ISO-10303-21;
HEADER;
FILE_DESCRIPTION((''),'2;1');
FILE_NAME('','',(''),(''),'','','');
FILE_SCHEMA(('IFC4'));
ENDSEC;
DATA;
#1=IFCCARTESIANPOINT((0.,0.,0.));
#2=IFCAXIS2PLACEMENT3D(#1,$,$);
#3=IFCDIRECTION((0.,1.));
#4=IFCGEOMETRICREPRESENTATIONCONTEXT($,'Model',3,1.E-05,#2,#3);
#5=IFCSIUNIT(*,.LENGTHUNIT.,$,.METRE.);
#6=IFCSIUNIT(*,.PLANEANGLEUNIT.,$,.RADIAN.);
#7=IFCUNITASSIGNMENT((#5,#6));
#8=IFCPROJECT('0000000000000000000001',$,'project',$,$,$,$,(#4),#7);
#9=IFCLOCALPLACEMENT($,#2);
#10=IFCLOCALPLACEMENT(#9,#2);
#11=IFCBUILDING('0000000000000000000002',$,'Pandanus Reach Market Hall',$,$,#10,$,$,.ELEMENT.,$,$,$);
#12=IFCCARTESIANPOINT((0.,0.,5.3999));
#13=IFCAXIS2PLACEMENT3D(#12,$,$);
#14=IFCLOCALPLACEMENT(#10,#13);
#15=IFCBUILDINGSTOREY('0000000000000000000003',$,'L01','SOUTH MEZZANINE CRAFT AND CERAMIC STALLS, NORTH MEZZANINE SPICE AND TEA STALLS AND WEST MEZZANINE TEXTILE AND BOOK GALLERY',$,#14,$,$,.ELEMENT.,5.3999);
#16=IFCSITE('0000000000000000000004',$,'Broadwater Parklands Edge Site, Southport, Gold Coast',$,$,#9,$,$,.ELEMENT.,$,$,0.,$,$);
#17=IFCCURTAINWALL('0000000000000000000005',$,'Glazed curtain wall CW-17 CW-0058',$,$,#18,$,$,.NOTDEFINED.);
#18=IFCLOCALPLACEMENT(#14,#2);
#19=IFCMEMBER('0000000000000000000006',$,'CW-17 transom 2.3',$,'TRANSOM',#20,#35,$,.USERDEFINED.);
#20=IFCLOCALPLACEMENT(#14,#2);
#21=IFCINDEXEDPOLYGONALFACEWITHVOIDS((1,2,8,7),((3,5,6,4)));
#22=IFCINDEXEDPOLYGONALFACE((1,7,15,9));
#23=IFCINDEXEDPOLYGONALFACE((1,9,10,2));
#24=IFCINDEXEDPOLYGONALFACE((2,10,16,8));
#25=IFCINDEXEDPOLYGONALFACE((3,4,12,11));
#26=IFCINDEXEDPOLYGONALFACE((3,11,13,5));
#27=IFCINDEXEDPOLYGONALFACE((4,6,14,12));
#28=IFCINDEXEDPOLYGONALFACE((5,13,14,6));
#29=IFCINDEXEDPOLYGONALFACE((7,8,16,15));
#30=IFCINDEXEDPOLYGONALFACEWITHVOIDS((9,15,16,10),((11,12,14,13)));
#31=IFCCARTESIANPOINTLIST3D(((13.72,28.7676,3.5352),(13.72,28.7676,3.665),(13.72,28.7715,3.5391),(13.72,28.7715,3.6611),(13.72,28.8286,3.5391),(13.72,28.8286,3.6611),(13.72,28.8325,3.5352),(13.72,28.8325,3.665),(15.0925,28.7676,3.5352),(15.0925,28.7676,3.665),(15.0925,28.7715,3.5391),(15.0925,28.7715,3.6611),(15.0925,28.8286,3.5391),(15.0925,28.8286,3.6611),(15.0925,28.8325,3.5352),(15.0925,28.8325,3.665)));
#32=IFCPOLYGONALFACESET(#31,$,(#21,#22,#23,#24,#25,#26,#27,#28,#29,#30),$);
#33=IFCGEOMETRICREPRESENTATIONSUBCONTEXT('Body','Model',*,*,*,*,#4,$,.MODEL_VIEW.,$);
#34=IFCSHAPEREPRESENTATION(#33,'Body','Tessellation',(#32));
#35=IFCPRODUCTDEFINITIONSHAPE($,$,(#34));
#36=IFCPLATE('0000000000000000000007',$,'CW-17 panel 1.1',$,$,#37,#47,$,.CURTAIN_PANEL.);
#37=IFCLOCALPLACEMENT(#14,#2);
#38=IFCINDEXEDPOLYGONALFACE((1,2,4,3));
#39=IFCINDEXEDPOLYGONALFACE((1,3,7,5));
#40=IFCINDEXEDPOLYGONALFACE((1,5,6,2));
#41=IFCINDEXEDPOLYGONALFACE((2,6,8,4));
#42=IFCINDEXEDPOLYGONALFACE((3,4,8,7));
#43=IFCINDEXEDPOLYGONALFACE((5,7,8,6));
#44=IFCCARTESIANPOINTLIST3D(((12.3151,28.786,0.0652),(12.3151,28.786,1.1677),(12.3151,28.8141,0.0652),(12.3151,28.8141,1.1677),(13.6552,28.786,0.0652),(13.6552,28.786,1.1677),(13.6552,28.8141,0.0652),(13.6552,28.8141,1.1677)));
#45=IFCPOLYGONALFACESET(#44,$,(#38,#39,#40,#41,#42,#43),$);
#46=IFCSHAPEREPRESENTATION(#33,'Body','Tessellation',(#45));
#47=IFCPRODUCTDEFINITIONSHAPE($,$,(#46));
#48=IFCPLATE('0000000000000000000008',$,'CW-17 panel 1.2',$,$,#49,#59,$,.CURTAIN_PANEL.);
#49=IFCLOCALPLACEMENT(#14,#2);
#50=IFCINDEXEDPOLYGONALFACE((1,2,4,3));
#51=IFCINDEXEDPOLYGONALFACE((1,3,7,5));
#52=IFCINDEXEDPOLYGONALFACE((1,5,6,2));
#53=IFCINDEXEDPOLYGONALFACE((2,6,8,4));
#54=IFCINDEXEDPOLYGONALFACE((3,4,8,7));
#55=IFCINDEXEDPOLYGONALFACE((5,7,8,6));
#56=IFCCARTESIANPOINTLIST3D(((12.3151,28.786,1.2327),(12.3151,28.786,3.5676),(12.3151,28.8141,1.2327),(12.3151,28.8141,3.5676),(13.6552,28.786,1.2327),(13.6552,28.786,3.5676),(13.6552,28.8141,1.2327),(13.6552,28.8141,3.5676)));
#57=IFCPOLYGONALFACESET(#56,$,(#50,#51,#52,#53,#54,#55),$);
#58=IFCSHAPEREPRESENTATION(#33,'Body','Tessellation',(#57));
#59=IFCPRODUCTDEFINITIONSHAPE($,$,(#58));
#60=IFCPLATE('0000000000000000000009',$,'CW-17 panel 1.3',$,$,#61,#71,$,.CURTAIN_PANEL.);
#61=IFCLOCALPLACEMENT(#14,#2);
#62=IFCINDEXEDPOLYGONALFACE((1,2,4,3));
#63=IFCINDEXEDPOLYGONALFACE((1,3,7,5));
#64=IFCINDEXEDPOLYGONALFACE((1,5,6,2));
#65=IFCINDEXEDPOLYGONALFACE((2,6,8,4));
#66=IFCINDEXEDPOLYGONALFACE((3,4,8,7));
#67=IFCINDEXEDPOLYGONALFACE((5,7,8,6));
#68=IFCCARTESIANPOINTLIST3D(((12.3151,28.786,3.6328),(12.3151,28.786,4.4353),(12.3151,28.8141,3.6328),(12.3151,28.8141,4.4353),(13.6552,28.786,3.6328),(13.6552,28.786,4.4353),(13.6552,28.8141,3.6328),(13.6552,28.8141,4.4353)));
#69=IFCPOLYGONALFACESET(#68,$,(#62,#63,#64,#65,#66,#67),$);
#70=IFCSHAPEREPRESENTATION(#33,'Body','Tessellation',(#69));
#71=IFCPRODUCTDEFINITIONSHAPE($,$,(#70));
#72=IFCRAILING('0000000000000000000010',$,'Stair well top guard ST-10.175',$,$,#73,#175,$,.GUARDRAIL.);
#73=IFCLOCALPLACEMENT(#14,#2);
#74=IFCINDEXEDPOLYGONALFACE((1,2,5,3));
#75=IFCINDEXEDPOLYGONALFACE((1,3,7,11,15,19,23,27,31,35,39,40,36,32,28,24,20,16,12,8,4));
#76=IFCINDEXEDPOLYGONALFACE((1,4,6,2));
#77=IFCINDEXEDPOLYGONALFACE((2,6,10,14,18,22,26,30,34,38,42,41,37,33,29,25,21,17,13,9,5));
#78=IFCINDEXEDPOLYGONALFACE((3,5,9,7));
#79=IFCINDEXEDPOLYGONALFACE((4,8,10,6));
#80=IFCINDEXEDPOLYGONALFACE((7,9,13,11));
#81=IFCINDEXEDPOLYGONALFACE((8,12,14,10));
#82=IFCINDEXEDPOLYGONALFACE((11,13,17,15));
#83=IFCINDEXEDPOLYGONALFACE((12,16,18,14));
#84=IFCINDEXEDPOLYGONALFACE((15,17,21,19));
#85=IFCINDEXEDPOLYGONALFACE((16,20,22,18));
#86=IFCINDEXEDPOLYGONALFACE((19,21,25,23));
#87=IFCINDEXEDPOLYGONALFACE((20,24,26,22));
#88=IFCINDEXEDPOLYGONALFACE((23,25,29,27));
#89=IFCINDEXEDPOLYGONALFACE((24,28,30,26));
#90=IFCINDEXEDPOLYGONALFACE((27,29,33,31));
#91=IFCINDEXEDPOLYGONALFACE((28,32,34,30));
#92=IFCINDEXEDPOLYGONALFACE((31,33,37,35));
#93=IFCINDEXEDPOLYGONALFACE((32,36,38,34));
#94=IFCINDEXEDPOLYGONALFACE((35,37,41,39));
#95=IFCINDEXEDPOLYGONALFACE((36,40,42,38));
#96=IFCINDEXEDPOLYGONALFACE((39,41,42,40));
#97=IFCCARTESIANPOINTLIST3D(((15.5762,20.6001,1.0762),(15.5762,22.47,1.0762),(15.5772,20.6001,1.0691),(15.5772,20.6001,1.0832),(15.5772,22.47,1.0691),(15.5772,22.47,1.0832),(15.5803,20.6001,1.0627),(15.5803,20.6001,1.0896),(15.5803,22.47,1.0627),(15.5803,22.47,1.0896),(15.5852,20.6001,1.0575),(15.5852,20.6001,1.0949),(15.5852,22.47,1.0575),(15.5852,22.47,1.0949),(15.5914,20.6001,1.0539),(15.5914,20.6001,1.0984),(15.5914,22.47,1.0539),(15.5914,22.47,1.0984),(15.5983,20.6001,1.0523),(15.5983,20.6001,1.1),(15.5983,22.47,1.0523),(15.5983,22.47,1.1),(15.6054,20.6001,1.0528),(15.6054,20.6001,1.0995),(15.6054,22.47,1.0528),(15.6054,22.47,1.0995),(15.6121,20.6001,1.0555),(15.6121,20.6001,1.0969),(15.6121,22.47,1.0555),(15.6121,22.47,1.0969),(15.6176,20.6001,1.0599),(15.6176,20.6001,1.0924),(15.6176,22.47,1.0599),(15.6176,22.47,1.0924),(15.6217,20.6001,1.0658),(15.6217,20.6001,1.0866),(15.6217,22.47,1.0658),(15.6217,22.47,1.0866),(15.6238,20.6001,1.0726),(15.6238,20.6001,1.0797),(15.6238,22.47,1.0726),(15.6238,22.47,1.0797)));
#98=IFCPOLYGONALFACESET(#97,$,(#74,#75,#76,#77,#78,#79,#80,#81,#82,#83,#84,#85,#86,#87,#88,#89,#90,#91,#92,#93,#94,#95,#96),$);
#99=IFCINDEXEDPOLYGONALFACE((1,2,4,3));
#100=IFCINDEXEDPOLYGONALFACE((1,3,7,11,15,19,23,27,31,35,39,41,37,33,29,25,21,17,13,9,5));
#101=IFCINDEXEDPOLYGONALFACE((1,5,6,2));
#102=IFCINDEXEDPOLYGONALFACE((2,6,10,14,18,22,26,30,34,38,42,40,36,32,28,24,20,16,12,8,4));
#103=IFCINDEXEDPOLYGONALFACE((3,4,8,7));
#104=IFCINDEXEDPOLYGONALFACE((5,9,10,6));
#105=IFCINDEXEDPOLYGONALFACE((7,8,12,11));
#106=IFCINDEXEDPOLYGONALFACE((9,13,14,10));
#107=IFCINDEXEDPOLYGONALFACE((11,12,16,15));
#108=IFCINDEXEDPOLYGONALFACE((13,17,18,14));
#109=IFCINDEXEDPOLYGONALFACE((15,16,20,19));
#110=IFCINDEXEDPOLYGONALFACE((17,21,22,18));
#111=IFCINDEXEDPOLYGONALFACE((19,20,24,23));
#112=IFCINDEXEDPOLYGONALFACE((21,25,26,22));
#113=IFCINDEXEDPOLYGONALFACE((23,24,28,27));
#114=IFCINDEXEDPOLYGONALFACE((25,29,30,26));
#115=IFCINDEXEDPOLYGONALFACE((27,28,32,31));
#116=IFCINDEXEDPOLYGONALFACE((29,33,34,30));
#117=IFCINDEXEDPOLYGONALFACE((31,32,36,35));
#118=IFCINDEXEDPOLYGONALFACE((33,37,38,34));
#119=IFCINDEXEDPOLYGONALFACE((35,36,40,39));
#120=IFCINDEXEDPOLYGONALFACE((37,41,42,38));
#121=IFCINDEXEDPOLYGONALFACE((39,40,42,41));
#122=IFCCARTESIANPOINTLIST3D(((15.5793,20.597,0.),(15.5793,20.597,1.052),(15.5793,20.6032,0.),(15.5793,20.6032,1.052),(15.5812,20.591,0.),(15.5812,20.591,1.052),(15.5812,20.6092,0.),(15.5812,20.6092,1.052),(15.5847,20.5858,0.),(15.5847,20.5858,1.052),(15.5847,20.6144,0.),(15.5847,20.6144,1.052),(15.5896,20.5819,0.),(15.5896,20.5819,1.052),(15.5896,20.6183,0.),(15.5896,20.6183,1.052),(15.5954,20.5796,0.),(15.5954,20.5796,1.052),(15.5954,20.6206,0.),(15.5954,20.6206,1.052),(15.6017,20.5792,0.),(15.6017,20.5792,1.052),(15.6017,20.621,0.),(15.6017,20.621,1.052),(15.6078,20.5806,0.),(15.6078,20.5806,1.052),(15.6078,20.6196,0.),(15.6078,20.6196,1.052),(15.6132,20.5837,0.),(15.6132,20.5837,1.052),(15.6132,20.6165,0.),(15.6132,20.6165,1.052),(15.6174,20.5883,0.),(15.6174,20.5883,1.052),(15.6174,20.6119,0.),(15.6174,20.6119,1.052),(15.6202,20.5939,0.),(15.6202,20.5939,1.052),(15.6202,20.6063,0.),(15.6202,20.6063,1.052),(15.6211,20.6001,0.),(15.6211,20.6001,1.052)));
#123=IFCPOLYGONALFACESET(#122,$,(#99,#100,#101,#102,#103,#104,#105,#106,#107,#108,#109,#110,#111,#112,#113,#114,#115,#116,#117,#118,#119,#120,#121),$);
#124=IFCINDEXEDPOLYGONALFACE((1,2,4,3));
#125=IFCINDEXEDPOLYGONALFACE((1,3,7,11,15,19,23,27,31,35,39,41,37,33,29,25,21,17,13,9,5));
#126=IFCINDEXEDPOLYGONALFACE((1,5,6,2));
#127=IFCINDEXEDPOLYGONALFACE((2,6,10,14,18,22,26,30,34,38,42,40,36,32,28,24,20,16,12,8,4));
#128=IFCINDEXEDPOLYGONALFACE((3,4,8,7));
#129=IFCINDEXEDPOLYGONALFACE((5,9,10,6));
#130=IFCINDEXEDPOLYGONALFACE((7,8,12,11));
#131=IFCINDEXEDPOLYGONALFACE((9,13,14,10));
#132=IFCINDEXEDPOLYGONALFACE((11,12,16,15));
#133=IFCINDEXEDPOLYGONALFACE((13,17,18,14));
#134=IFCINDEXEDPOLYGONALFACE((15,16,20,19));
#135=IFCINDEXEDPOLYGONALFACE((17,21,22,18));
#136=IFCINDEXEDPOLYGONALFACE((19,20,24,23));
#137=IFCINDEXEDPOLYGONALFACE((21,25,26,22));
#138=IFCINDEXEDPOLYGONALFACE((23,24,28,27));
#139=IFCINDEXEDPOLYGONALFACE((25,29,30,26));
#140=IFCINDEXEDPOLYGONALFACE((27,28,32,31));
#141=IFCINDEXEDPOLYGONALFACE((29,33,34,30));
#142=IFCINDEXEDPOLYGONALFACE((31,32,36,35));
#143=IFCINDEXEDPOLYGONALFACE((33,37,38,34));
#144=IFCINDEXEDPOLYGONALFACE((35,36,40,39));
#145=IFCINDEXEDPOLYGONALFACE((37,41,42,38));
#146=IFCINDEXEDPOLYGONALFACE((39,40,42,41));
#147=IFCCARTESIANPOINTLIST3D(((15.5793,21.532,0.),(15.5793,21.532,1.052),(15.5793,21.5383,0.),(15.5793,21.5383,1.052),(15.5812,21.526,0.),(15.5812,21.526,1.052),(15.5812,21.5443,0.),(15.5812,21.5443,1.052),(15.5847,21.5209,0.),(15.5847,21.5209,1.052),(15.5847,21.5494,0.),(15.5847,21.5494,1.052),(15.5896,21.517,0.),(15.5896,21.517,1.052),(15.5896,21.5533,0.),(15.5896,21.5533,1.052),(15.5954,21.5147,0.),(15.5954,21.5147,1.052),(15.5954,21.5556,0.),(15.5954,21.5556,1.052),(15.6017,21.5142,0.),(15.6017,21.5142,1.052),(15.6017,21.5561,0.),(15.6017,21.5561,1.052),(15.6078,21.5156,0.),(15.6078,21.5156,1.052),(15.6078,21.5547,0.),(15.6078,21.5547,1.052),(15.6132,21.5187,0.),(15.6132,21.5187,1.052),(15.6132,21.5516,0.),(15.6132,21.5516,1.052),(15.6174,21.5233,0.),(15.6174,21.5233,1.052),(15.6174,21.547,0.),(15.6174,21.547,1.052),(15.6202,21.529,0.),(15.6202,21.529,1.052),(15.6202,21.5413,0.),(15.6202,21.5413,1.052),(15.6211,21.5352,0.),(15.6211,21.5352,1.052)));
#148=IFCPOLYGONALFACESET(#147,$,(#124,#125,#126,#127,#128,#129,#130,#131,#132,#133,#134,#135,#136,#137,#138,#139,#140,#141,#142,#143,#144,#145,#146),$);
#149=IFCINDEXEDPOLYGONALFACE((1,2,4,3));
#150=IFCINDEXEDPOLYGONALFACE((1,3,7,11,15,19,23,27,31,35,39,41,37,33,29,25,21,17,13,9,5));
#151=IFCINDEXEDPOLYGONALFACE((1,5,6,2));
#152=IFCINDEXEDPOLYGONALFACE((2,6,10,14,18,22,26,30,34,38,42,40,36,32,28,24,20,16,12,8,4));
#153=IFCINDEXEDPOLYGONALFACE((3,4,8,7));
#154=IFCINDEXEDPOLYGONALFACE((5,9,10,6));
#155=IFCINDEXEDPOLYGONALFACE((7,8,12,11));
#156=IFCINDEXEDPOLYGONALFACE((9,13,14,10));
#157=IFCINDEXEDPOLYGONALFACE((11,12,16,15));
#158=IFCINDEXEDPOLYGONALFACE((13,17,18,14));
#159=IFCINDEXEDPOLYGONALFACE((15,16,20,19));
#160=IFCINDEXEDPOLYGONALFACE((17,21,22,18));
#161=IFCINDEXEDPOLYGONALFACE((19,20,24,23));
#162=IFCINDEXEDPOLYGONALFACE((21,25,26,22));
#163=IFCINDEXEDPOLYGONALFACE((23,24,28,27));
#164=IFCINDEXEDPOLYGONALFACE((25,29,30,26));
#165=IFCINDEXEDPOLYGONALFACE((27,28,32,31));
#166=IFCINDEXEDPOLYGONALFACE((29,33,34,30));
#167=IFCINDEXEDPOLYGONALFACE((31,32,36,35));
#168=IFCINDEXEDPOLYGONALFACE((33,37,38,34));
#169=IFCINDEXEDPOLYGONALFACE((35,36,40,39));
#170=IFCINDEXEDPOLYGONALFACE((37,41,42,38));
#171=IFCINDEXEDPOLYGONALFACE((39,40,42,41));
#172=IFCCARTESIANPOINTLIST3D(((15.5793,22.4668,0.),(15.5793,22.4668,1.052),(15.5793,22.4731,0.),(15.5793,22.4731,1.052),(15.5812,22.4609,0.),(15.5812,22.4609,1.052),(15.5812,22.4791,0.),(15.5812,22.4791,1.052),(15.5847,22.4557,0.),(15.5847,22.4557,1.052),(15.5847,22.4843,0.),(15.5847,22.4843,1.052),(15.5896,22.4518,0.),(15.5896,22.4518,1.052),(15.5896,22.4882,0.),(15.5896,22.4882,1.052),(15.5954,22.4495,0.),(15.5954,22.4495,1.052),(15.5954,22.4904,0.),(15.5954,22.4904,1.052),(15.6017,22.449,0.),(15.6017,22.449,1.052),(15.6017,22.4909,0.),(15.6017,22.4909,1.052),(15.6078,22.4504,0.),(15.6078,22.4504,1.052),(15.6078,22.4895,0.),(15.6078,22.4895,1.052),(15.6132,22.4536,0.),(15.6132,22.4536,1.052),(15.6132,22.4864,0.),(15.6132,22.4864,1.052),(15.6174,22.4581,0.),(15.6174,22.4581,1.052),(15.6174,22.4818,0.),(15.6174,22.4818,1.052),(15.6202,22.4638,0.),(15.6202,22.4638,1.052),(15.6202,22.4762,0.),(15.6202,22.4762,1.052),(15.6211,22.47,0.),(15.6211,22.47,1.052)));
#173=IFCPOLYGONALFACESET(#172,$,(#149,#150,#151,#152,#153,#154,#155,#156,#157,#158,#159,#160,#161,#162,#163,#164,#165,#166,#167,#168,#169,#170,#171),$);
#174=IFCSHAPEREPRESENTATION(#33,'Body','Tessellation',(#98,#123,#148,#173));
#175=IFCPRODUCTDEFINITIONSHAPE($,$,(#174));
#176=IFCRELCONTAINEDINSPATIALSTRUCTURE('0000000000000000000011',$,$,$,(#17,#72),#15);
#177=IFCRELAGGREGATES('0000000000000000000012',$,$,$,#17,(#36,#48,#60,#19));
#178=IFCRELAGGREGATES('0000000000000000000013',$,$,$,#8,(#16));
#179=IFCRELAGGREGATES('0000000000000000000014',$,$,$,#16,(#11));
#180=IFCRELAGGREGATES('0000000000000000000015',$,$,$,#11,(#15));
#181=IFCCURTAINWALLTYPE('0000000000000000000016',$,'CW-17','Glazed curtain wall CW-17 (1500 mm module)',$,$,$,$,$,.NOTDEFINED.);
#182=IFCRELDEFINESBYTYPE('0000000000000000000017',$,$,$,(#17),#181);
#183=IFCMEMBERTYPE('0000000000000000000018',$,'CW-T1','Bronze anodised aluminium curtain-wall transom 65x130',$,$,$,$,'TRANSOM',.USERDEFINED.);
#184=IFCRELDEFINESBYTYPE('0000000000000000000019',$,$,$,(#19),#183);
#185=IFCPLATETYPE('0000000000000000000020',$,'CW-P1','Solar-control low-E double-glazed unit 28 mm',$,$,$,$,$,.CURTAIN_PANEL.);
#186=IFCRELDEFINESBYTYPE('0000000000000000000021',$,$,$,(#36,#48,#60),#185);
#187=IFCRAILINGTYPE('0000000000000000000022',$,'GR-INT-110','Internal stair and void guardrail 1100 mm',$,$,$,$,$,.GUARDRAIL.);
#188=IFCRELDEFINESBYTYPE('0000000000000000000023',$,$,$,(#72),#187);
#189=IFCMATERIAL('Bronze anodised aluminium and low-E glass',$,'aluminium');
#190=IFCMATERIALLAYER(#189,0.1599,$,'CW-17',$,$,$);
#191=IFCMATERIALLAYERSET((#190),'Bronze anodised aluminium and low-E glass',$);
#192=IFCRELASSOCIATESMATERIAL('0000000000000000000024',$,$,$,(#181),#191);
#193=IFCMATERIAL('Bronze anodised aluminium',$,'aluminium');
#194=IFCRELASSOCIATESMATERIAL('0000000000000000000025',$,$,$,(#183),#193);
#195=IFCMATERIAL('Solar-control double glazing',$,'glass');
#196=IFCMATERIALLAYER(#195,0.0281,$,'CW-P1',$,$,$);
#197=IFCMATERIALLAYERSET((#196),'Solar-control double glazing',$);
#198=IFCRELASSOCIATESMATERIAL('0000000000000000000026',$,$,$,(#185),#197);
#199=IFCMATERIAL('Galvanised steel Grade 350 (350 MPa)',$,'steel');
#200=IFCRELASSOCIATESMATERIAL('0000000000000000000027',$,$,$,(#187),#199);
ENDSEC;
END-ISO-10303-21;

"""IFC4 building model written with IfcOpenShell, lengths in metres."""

from ifc_helpers import new_model, si_unit, direction, frame, origin, origin_2d, place, context, subcontext, project, spatial, rectangle, hollow_rectangle, circle, extrude, material, layer, layer_set, material_profile, profile_set, type_object, element, aggregate, save


model = new_model("IFC4")

# Units and contexts
model_context = context("Model", 3, precision=1e-05, world=origin(), true_north=direction((0.0, 1.0)))
body_context = subcontext(model_context, "Body", "Model", "MODEL_VIEW")
ifc_project = project(units=[si_unit("LENGTHUNIT", "METRE"), si_unit("PLANEANGLEUNIT", "RADIAN")], contexts=[model_context])

# Site, building, storey
site_placement = place(None, origin())
site = spatial("IfcSite", under=ifc_project, at=site_placement, Name="Broadwater Parklands Edge Site, Southport, Gold Coast", CompositionType="ELEMENT", RefElevation=0.0)
building_placement = place(site_placement, origin())
building = spatial("IfcBuilding", under=site, at=building_placement, Name="Pandanus Reach Market Hall", CompositionType="ELEMENT")
storey_placement = place(building_placement, frame((0.0, 0.0, 5.3999)))
storey = spatial("IfcBuildingStorey", under=building, at=storey_placement, Name="L01", Description="SOUTH MEZZANINE CRAFT AND CERAMIC STALLS, NORTH MEZZANINE SPICE AND TEA STALLS AND WEST MEZZANINE TEXTILE AND BOOK GALLERY", CompositionType="ELEMENT", Elevation=5.3999)

# Curtain wall, member, plates
ifc_material_1 = material(Name="Bronze anodised aluminium and low-E glass", Category="aluminium")
ifc_layer_1 = layer(ifc_material_1, 0.1599, Name="CW-17")
ifc_layer_set_1 = layer_set([ifc_layer_1], Name="Bronze anodised aluminium and low-E glass")
curtain_wall_type = type_object("IfcCurtainWallType", Name="CW-17", Description="Glazed curtain wall CW-17 (1500 mm module)", PredefinedType="NOTDEFINED", material=ifc_layer_set_1)
curtain_wall_placement = place(storey_placement, origin())
curtain_wall = element("IfcCurtainWall", 1, at=curtain_wall_placement, inside=storey, type_object=curtain_wall_type, Name="Glazed curtain wall CW-17 CW-0058", PredefinedType="NOTDEFINED")
ifc_material_2 = material(Name="Bronze anodised aluminium", Category="aluminium")
ifc_material_profile_1 = material_profile(ifc_material_2, hollow_rectangle(XDim=0.0649, YDim=0.1299, WallThickness=0.0039, at=origin_2d()), Name="ALU65x130", Category="LoadBearing")
ifc_profile_set_1 = profile_set([ifc_material_profile_1], Name="Bronze anodised aluminium")
member_type_1 = type_object("IfcMemberType", Name="CW-T1", Description="Bronze anodised aluminium curtain-wall transom 65x130", ElementType="TRANSOM", PredefinedType="USERDEFINED", material=ifc_profile_set_1)
member_1_placement = place(storey_placement, frame((13.72, 28.8, 3.6001), z_axis=(1.0, 0.0, 0.0), x_axis=(0.0, 1.0, 0.0)))
member_1 = element("IfcMember", 2, at=member_1_placement, type_object=member_type_1, Name="CW-17 transom 2.3", ObjectType="TRANSOM", PredefinedType="USERDEFINED", context=body_context, shape_type="SweptSolid", body=[
    extrude(hollow_rectangle(XDim=0.0649, YDim=0.1299, WallThickness=0.0039, at=origin_2d()), origin(), (0.0, 0.0, 1.0), 1.3726),
])
ifc_material_3 = material(Name="Solar-control double glazing", Category="glass")
ifc_layer_2 = layer(ifc_material_3, 0.0281, Name="CW-P1")
ifc_layer_set_2 = layer_set([ifc_layer_2], Name="Solar-control double glazing")
plate_type = type_object("IfcPlateType", Name="CW-P1", Description="Solar-control low-E double-glazed unit 28 mm", PredefinedType="CURTAIN_PANEL", material=ifc_layer_set_2)
plate_1_placement = place(storey_placement, frame((12.9851, 28.8, 0.0652), z_axis=(0.0, 0.0, 1.0), x_axis=(1.0, 0.0, 0.0)))
plate_1 = element("IfcPlate", 3, at=plate_1_placement, type_object=plate_type, Name="CW-17 panel 1.1", PredefinedType="CURTAIN_PANEL", context=body_context, shape_type="SweptSolid", body=[
    extrude(rectangle(XDim=1.3401, YDim=0.0281, at=origin_2d()), origin(), (0.0, 0.0, 1.0), 1.1025),
])
plate_2_placement = place(storey_placement, frame((12.9851, 28.8, 1.2327), z_axis=(0.0, 0.0, 1.0), x_axis=(1.0, 0.0, 0.0)))
plate_2 = element("IfcPlate", 4, at=plate_2_placement, type_object=plate_type, Name="CW-17 panel 1.2", PredefinedType="CURTAIN_PANEL", context=body_context, shape_type="SweptSolid", body=[
    extrude(rectangle(XDim=1.3401, YDim=0.0281, at=origin_2d()), origin(), (0.0, 0.0, 1.0), 2.335),
])
plate_3_placement = place(storey_placement, frame((12.9851, 28.8, 3.6328), z_axis=(0.0, 0.0, 1.0), x_axis=(1.0, 0.0, 0.0)))
plate_3 = element("IfcPlate", 5, at=plate_3_placement, type_object=plate_type, Name="CW-17 panel 1.3", PredefinedType="CURTAIN_PANEL", context=body_context, shape_type="SweptSolid", body=[
    extrude(rectangle(XDim=1.3401, YDim=0.0281, at=origin_2d()), origin(), (0.0, 0.0, 1.0), 0.8025),
])
aggregate(curtain_wall, [plate_1, plate_2, plate_3, member_1])

# Railing
ifc_material_4 = material(Name="Galvanised steel Grade 350 (350 MPa)", Category="steel")
railing_type = type_object("IfcRailingType", Name="GR-INT-110", Description="Internal stair and void guardrail 1100 mm", PredefinedType="GUARDRAIL", material=ifc_material_4)
railing_1_placement = place(storey_placement, frame((15.6001, 20.6001, 0.0)))
element("IfcRailing", 6, at=railing_1_placement, inside=storey, type_object=railing_type, Name="Stair well top guard ST-10.175", PredefinedType="GUARDRAIL", context=body_context, shape_type="SweptSolid", body=[
    extrude(circle(Radius=0.0239, at=origin_2d()), frame((0.0, 0.0, 1.0762), z_axis=(0.0, 1.0, 0.0), x_axis=(-1.0, 0.0, 0.0)), (0.0, 0.0, 1.0), 1.8699),
    extrude(circle(Radius=0.021, at=origin_2d()), origin(), (0.0, 0.0, 1.0), 1.052),
    extrude(circle(Radius=0.021, at=origin_2d()), frame((0.0, 0.9351, 0.0)), (0.0, 0.0, 1.0), 1.052),
    extrude(circle(Radius=0.021, at=origin_2d()), frame((0.0, 1.8699, 0.0)), (0.0, 0.0, 1.0), 1.052),
])

save(model, "model.ifc")
